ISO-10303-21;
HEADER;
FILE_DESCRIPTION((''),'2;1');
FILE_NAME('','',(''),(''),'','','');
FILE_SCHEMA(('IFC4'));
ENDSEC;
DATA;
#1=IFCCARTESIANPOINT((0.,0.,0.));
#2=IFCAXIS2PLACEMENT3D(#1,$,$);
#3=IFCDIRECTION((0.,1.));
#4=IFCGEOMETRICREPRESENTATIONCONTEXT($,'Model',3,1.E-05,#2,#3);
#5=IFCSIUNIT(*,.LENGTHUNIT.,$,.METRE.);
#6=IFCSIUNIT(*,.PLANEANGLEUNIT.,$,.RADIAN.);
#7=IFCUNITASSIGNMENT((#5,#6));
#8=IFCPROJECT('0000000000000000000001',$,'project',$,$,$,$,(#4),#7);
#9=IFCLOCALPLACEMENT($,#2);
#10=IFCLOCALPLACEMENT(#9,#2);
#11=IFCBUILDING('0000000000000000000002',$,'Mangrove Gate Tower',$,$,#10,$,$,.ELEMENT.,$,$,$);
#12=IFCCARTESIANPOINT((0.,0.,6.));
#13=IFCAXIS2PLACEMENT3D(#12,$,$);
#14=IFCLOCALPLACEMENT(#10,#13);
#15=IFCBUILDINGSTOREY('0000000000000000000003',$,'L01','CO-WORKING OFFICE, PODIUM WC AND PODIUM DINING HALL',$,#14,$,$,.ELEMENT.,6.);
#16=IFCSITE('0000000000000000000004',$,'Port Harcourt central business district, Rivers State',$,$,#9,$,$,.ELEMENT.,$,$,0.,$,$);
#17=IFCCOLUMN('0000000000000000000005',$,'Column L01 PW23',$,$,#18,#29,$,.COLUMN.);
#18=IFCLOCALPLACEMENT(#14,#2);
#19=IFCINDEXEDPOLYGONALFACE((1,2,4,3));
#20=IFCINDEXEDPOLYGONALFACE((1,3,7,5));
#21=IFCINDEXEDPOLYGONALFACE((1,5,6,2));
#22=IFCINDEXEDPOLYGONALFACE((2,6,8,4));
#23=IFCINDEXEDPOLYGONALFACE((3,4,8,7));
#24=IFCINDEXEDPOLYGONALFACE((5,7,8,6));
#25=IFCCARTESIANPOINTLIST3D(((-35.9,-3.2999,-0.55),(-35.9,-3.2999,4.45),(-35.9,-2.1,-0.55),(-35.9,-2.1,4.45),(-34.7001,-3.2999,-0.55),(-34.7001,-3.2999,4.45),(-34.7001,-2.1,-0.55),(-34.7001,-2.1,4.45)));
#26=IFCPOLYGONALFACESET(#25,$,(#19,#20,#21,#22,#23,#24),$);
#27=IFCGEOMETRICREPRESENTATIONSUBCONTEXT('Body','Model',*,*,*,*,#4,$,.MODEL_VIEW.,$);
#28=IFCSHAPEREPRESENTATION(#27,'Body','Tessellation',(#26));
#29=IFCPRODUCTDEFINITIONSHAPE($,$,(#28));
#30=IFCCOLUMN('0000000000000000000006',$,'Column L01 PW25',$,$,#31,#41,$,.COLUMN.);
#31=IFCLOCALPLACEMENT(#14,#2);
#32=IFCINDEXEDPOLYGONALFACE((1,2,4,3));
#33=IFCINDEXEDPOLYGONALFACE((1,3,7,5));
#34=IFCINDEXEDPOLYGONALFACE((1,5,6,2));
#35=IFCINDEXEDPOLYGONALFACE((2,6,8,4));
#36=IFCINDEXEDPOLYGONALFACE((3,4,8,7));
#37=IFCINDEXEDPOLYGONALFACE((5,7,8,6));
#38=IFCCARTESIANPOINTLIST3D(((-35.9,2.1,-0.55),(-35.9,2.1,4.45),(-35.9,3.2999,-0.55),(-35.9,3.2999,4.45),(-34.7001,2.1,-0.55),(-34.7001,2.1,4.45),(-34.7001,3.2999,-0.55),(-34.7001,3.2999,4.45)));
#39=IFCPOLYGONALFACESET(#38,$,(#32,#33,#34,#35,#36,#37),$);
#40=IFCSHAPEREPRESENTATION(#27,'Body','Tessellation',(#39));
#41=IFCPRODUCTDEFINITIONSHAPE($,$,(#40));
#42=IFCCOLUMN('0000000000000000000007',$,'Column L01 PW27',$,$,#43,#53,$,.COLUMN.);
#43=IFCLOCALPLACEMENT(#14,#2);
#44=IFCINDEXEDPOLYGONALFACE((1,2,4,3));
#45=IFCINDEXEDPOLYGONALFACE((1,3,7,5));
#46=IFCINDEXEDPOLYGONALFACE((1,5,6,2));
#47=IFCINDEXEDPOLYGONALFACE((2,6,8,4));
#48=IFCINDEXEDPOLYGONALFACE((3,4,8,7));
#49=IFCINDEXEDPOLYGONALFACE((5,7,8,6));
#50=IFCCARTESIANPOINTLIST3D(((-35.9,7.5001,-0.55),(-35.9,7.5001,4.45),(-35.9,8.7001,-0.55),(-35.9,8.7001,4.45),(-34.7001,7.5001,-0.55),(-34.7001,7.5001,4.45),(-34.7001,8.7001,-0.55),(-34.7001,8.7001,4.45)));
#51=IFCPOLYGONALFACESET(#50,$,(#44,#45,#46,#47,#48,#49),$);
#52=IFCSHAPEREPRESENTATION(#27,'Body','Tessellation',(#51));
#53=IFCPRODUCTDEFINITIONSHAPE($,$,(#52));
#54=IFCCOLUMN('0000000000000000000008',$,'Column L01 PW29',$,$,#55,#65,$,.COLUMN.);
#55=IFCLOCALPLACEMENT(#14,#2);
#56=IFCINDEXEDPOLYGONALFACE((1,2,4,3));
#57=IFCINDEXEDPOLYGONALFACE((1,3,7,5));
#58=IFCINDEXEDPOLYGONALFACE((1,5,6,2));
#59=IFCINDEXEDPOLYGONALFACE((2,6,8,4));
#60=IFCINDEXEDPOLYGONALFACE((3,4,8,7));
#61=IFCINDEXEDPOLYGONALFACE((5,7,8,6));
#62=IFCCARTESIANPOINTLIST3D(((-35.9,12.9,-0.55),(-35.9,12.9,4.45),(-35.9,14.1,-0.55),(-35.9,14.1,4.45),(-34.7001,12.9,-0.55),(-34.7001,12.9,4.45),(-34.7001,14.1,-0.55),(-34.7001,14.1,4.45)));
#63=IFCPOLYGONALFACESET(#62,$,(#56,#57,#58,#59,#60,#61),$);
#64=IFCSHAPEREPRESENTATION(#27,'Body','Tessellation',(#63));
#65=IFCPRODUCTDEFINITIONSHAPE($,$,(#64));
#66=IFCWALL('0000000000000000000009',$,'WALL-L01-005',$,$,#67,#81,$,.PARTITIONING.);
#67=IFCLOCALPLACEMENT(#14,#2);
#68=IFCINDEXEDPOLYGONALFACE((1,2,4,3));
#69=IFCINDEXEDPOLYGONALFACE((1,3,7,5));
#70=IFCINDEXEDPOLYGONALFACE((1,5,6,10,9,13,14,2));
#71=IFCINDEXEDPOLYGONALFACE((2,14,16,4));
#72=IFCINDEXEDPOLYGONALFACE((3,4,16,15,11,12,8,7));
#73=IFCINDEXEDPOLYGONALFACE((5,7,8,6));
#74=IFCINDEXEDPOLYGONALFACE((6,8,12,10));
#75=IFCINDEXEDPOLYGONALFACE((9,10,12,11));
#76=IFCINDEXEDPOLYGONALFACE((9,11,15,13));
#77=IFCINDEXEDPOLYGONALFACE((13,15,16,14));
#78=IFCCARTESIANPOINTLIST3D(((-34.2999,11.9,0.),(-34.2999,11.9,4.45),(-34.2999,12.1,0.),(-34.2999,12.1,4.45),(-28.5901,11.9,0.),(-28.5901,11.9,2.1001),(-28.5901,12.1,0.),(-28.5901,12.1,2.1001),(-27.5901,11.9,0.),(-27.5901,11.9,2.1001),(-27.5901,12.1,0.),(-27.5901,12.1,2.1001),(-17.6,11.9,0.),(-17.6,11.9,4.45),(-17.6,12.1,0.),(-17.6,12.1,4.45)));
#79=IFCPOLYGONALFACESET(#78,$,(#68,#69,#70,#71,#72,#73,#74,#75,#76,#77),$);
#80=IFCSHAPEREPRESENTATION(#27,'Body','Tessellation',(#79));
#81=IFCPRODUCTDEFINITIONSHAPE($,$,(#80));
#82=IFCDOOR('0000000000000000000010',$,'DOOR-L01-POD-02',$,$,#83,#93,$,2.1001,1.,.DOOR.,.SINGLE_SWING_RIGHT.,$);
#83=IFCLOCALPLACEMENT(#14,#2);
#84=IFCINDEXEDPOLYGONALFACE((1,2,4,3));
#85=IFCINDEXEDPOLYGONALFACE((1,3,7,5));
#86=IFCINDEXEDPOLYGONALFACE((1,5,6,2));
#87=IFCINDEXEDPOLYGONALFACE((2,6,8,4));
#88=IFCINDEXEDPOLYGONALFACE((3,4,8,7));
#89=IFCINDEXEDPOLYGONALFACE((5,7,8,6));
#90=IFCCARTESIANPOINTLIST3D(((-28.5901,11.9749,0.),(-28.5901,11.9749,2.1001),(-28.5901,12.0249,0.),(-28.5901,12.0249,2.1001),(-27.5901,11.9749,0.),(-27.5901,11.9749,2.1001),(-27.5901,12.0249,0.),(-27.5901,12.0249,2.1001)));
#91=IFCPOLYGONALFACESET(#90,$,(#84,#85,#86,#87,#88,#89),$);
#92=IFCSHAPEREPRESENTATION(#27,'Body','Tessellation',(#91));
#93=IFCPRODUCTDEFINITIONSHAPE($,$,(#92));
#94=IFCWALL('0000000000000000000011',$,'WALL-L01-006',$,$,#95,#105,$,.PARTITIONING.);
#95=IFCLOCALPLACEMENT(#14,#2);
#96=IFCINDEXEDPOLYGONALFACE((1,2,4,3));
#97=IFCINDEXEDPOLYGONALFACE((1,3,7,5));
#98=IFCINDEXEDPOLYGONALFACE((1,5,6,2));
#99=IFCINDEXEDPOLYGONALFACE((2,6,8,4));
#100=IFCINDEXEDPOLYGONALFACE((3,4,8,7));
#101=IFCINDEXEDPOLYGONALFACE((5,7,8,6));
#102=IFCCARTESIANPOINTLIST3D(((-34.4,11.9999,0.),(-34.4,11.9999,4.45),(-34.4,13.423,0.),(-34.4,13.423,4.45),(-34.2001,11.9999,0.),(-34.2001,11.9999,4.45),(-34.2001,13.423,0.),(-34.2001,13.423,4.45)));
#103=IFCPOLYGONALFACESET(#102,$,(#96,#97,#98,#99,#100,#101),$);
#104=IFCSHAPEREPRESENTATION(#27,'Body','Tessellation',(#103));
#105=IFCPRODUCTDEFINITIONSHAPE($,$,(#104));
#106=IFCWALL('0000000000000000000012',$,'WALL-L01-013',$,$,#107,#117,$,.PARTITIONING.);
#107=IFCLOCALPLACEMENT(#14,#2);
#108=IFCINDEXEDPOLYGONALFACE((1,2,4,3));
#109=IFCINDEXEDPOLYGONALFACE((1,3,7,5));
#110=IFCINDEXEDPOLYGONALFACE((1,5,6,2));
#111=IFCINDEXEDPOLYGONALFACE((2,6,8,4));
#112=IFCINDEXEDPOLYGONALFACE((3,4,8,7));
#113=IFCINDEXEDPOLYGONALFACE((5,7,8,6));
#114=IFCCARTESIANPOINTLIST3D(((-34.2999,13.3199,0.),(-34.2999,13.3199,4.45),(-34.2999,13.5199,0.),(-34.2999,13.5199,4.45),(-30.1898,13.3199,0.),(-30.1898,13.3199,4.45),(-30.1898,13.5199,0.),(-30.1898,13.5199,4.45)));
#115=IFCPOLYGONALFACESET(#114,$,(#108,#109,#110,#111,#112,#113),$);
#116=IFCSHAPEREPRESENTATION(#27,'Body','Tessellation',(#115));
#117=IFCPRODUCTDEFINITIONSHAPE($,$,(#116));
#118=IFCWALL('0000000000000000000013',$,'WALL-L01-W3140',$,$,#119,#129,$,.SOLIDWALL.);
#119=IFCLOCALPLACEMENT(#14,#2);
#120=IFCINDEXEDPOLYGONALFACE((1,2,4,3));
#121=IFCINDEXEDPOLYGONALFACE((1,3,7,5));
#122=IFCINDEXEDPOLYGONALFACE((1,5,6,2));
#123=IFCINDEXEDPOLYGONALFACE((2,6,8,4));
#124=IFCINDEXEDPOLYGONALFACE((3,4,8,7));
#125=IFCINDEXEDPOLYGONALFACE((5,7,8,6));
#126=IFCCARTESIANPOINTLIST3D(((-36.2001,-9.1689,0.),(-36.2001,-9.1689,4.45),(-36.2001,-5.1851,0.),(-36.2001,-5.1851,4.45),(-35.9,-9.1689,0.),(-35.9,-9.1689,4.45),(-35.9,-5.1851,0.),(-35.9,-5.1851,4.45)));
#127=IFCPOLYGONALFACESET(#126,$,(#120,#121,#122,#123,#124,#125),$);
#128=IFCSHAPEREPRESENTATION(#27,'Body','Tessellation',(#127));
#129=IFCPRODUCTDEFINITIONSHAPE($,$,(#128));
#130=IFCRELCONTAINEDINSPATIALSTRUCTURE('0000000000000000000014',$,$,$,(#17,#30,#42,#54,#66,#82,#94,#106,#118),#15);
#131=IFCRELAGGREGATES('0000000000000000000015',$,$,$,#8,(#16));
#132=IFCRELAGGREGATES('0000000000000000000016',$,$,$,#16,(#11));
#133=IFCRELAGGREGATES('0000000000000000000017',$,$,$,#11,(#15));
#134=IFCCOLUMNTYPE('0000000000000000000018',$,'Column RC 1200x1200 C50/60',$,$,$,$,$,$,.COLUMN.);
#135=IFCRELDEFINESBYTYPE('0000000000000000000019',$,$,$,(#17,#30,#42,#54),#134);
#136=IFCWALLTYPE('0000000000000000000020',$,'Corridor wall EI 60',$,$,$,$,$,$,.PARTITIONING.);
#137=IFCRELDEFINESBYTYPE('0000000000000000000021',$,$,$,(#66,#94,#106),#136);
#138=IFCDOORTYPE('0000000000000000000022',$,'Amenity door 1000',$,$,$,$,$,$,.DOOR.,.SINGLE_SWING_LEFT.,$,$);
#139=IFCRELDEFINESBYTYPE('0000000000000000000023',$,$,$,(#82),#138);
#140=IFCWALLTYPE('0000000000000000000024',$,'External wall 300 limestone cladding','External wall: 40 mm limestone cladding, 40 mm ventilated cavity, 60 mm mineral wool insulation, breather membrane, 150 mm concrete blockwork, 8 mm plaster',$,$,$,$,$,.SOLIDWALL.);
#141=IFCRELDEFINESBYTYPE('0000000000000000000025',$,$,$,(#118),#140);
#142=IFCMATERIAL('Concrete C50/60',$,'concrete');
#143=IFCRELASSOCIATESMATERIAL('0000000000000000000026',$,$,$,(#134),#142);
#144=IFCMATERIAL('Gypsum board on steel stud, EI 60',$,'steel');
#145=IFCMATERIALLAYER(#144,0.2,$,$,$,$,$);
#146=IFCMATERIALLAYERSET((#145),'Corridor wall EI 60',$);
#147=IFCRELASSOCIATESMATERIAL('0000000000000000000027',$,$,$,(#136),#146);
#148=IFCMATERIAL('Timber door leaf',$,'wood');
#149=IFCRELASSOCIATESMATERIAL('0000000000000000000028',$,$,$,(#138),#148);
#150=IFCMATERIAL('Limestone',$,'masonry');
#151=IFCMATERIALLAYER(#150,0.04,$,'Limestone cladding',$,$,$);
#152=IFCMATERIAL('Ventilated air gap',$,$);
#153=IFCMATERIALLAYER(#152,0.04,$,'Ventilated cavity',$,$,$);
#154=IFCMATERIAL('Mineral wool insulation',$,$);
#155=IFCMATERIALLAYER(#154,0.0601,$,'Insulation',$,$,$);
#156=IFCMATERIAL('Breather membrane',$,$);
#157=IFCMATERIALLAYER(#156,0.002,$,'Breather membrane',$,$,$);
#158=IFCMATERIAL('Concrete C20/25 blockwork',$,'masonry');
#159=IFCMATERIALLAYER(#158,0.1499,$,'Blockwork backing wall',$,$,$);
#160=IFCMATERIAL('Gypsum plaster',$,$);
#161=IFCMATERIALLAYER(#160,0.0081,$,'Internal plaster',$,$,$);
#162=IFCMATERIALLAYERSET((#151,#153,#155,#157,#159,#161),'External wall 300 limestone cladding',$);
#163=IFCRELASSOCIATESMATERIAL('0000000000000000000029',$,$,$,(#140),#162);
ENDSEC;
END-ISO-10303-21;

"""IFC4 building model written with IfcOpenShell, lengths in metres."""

from ifc_helpers import new_model, si_unit, direction, frame, frame_2d, origin, origin_2d, place, context, subcontext, project, spatial, rectangle, extrude, material, layer, layer_set, material_profile, profile_set, type_object, element, fill, save


model = new_model("IFC4")

# Units and contexts
model_context = context("Model", 3, precision=1e-05, world=origin(), true_north=direction((0.0, 1.0)))
body_context = subcontext(model_context, "Body", "Model", "MODEL_VIEW")
ifc_project = project(units=[si_unit("LENGTHUNIT", "METRE"), si_unit("PLANEANGLEUNIT", "RADIAN")], contexts=[model_context])

# Site, building, storey
site_placement = place(None, origin())
site = spatial("IfcSite", under=ifc_project, at=site_placement, Name="Port Harcourt central business district, Rivers State", CompositionType="ELEMENT", RefElevation=0.0)
building_placement = place(site_placement, origin())
building = spatial("IfcBuilding", under=site, at=building_placement, Name="Mangrove Gate Tower", CompositionType="ELEMENT")
storey_placement = place(building_placement, frame((0.0, 0.0, 6.0)))
storey = spatial("IfcBuildingStorey", under=building, at=storey_placement, Name="L01", Description="CO-WORKING OFFICE, PODIUM WC AND PODIUM DINING HALL", CompositionType="ELEMENT", Elevation=6.0)

# Columns
ifc_material_1 = material(Name="Concrete C50/60", Category="concrete")
ifc_material_profile = material_profile(ifc_material_1, rectangle(XDim=1.2, YDim=1.2, at=origin_2d()))
ifc_profile_set = profile_set([ifc_material_profile], Name="Concrete C50/60")
column_type = type_object("IfcColumnType", Name="Column RC 1200x1200 C50/60", PredefinedType="COLUMN", material=ifc_profile_set)
for number, where, z_axis, x_axis, name in (
    (1, (-35.3, -2.7, -0.55), (0.0, 0.0, 1.0), (1.0, 0.0, 0.0), "Column L01 PW23"),
    (2, (-35.3, 2.7, -0.55), (0.0, 0.0, 1.0), (1.0, 0.0, 0.0), "Column L01 PW25"),
    (3, (-35.3, 8.1001, -0.55), (0.0, 0.0, 1.0), (1.0, 0.0, 0.0), "Column L01 PW27"),
    (4, (-35.3, 13.5, -0.55), (0.0, 0.0, 1.0), (1.0, 0.0, 0.0), "Column L01 PW29"),
):
    element("IfcColumn", number, at=place(storey_placement, frame(where, z_axis=z_axis, x_axis=x_axis)), inside=storey, type_object=column_type, Name=name, PredefinedType="COLUMN", context=body_context, shape_type="SweptSolid", body=[
        extrude(rectangle(XDim=1.2, YDim=1.2, at=origin_2d()), origin(), (0.0, 0.0, 1.0), 5.0),
    ])

# Wall, opening, door
ifc_material_2 = material(Name="Gypsum board on steel stud, EI 60", Category="steel")
ifc_layer_1 = layer(ifc_material_2, 0.2)
ifc_layer_set_1 = layer_set([ifc_layer_1], Name="Corridor wall EI 60")
wall_type_1 = type_object("IfcWallType", Name="Corridor wall EI 60", PredefinedType="PARTITIONING", material=ifc_layer_set_1)
wall_1_placement = place(storey_placement, frame((-34.3, 12.0, 0.0), z_axis=(0.0, 0.0, 1.0), x_axis=(1.0, 0.0, 0.0)))
wall_1 = element("IfcWall", 5, at=wall_1_placement, inside=storey, type_object=wall_type_1, Name="WALL-L01-005", PredefinedType="PARTITIONING", context=body_context, shape_type="SweptSolid", body=[
    extrude(rectangle(XDim=16.7, YDim=0.2, at=frame_2d((8.3501, 0.0))), origin(), (0.0, 0.0, 1.0), 4.45),
])
opening_placement = place(wall_1_placement, frame((5.71, 0.0, 0.0)))
opening = element("IfcOpeningElement", 6, at=opening_placement, cuts=wall_1, PredefinedType="OPENING", context=body_context, shape_type="SweptSolid", body=[
    extrude(rectangle(XDim=1.0, YDim=2.1001, at=frame_2d((0.5, 1.05))), frame((0.0, 0.1099, 0.0), z_axis=(0.0, -1.0, 0.0), x_axis=(1.0, 0.0, 0.0)), (0.0, 0.0, 1.0), 0.22),
])
ifc_material_3 = material(Name="Timber door leaf", Category="wood")
door_type = type_object("IfcDoorType", Name="Amenity door 1000", OperationType="SINGLE_SWING_LEFT", PredefinedType="DOOR", material=ifc_material_3)
door_placement = place(opening_placement, origin())
door = element("IfcDoor", 7, at=door_placement, inside=storey, type_object=door_type, Name="DOOR-L01-POD-02", OperationType="SINGLE_SWING_RIGHT", OverallHeight=2.1001, OverallWidth=1.0, PredefinedType="DOOR", context=body_context, shape_type="SweptSolid", body=[
    extrude(rectangle(XDim=1.0, YDim=2.1001, at=frame_2d((0.5, 1.05))), frame((0.0, 0.0249, 0.0), z_axis=(0.0, -1.0, 0.0), x_axis=(1.0, 0.0, 0.0)), (0.0, 0.0, 1.0), 0.05),
])
fill(opening, door)

# Walls
wall_2_placement = place(storey_placement, frame((-34.3, 12.0, 0.0), z_axis=(0.0, 0.0, 1.0), x_axis=(0.0, 1.0, 0.0)))
element("IfcWall", 8, at=wall_2_placement, inside=storey, type_object=wall_type_1, Name="WALL-L01-006", PredefinedType="PARTITIONING", context=body_context, shape_type="SweptSolid", body=[
    extrude(rectangle(XDim=1.4231, YDim=0.2, at=frame_2d((0.7114, 0.0))), origin(), (0.0, 0.0, 1.0), 4.45),
])
wall_3_placement = place(storey_placement, frame((-34.3, 13.4199, 0.0), z_axis=(0.0, 0.0, 1.0), x_axis=(1.0, 0.0, 0.0)))
element("IfcWall", 9, at=wall_3_placement, inside=storey, type_object=wall_type_1, Name="WALL-L01-013", PredefinedType="PARTITIONING", context=body_context, shape_type="SweptSolid", body=[
    extrude(rectangle(XDim=4.1101, YDim=0.2, at=frame_2d((2.0552, 0.0))), origin(), (0.0, 0.0, 1.0), 4.45),
])
ifc_material_4 = material(Name="Limestone", Category="masonry")
ifc_layer_2 = layer(ifc_material_4, 0.04, Name="Limestone cladding")
ifc_material_5 = material(Name="Ventilated air gap")
ifc_layer_3 = layer(ifc_material_5, 0.04, Name="Ventilated cavity")
ifc_material_6 = material(Name="Mineral wool insulation")
ifc_layer_4 = layer(ifc_material_6, 0.0601, Name="Insulation")
ifc_material_7 = material(Name="Breather membrane")
ifc_layer_5 = layer(ifc_material_7, 0.002, Name="Breather membrane")
ifc_material_8 = material(Name="Concrete C20/25 blockwork", Category="masonry")
ifc_layer_6 = layer(ifc_material_8, 0.1499, Name="Blockwork backing wall")
ifc_material_9 = material(Name="Gypsum plaster")
ifc_layer_7 = layer(ifc_material_9, 0.0081, Name="Internal plaster")
ifc_layer_set_2 = layer_set([ifc_layer_2, ifc_layer_3, ifc_layer_4, ifc_layer_5, ifc_layer_6, ifc_layer_7], Name="External wall 300 limestone cladding")
wall_type_2 = type_object("IfcWallType", Name="External wall 300 limestone cladding", Description="External wall: 40 mm limestone cladding, 40 mm ventilated cavity, 60 mm mineral wool insulation, breather membrane, 150 mm concrete blockwork, 8 mm plaster", PredefinedType="SOLIDWALL", material=ifc_layer_set_2)
wall_4_placement = place(storey_placement, frame((-36.05, -5.1851, 0.0), z_axis=(0.0, 0.0, 1.0), x_axis=(0.0, -1.0, 0.0)))
element("IfcWall", 10, at=wall_4_placement, inside=storey, type_object=wall_type_2, Name="WALL-L01-W3140", PredefinedType="SOLIDWALL", context=body_context, shape_type="SweptSolid", body=[
    extrude(rectangle(XDim=3.9839, YDim=0.3, at=frame_2d((1.9919, 0.0))), origin(), (0.0, 0.0, 1.0), 4.45),
])

save(model, "model.ifc")
